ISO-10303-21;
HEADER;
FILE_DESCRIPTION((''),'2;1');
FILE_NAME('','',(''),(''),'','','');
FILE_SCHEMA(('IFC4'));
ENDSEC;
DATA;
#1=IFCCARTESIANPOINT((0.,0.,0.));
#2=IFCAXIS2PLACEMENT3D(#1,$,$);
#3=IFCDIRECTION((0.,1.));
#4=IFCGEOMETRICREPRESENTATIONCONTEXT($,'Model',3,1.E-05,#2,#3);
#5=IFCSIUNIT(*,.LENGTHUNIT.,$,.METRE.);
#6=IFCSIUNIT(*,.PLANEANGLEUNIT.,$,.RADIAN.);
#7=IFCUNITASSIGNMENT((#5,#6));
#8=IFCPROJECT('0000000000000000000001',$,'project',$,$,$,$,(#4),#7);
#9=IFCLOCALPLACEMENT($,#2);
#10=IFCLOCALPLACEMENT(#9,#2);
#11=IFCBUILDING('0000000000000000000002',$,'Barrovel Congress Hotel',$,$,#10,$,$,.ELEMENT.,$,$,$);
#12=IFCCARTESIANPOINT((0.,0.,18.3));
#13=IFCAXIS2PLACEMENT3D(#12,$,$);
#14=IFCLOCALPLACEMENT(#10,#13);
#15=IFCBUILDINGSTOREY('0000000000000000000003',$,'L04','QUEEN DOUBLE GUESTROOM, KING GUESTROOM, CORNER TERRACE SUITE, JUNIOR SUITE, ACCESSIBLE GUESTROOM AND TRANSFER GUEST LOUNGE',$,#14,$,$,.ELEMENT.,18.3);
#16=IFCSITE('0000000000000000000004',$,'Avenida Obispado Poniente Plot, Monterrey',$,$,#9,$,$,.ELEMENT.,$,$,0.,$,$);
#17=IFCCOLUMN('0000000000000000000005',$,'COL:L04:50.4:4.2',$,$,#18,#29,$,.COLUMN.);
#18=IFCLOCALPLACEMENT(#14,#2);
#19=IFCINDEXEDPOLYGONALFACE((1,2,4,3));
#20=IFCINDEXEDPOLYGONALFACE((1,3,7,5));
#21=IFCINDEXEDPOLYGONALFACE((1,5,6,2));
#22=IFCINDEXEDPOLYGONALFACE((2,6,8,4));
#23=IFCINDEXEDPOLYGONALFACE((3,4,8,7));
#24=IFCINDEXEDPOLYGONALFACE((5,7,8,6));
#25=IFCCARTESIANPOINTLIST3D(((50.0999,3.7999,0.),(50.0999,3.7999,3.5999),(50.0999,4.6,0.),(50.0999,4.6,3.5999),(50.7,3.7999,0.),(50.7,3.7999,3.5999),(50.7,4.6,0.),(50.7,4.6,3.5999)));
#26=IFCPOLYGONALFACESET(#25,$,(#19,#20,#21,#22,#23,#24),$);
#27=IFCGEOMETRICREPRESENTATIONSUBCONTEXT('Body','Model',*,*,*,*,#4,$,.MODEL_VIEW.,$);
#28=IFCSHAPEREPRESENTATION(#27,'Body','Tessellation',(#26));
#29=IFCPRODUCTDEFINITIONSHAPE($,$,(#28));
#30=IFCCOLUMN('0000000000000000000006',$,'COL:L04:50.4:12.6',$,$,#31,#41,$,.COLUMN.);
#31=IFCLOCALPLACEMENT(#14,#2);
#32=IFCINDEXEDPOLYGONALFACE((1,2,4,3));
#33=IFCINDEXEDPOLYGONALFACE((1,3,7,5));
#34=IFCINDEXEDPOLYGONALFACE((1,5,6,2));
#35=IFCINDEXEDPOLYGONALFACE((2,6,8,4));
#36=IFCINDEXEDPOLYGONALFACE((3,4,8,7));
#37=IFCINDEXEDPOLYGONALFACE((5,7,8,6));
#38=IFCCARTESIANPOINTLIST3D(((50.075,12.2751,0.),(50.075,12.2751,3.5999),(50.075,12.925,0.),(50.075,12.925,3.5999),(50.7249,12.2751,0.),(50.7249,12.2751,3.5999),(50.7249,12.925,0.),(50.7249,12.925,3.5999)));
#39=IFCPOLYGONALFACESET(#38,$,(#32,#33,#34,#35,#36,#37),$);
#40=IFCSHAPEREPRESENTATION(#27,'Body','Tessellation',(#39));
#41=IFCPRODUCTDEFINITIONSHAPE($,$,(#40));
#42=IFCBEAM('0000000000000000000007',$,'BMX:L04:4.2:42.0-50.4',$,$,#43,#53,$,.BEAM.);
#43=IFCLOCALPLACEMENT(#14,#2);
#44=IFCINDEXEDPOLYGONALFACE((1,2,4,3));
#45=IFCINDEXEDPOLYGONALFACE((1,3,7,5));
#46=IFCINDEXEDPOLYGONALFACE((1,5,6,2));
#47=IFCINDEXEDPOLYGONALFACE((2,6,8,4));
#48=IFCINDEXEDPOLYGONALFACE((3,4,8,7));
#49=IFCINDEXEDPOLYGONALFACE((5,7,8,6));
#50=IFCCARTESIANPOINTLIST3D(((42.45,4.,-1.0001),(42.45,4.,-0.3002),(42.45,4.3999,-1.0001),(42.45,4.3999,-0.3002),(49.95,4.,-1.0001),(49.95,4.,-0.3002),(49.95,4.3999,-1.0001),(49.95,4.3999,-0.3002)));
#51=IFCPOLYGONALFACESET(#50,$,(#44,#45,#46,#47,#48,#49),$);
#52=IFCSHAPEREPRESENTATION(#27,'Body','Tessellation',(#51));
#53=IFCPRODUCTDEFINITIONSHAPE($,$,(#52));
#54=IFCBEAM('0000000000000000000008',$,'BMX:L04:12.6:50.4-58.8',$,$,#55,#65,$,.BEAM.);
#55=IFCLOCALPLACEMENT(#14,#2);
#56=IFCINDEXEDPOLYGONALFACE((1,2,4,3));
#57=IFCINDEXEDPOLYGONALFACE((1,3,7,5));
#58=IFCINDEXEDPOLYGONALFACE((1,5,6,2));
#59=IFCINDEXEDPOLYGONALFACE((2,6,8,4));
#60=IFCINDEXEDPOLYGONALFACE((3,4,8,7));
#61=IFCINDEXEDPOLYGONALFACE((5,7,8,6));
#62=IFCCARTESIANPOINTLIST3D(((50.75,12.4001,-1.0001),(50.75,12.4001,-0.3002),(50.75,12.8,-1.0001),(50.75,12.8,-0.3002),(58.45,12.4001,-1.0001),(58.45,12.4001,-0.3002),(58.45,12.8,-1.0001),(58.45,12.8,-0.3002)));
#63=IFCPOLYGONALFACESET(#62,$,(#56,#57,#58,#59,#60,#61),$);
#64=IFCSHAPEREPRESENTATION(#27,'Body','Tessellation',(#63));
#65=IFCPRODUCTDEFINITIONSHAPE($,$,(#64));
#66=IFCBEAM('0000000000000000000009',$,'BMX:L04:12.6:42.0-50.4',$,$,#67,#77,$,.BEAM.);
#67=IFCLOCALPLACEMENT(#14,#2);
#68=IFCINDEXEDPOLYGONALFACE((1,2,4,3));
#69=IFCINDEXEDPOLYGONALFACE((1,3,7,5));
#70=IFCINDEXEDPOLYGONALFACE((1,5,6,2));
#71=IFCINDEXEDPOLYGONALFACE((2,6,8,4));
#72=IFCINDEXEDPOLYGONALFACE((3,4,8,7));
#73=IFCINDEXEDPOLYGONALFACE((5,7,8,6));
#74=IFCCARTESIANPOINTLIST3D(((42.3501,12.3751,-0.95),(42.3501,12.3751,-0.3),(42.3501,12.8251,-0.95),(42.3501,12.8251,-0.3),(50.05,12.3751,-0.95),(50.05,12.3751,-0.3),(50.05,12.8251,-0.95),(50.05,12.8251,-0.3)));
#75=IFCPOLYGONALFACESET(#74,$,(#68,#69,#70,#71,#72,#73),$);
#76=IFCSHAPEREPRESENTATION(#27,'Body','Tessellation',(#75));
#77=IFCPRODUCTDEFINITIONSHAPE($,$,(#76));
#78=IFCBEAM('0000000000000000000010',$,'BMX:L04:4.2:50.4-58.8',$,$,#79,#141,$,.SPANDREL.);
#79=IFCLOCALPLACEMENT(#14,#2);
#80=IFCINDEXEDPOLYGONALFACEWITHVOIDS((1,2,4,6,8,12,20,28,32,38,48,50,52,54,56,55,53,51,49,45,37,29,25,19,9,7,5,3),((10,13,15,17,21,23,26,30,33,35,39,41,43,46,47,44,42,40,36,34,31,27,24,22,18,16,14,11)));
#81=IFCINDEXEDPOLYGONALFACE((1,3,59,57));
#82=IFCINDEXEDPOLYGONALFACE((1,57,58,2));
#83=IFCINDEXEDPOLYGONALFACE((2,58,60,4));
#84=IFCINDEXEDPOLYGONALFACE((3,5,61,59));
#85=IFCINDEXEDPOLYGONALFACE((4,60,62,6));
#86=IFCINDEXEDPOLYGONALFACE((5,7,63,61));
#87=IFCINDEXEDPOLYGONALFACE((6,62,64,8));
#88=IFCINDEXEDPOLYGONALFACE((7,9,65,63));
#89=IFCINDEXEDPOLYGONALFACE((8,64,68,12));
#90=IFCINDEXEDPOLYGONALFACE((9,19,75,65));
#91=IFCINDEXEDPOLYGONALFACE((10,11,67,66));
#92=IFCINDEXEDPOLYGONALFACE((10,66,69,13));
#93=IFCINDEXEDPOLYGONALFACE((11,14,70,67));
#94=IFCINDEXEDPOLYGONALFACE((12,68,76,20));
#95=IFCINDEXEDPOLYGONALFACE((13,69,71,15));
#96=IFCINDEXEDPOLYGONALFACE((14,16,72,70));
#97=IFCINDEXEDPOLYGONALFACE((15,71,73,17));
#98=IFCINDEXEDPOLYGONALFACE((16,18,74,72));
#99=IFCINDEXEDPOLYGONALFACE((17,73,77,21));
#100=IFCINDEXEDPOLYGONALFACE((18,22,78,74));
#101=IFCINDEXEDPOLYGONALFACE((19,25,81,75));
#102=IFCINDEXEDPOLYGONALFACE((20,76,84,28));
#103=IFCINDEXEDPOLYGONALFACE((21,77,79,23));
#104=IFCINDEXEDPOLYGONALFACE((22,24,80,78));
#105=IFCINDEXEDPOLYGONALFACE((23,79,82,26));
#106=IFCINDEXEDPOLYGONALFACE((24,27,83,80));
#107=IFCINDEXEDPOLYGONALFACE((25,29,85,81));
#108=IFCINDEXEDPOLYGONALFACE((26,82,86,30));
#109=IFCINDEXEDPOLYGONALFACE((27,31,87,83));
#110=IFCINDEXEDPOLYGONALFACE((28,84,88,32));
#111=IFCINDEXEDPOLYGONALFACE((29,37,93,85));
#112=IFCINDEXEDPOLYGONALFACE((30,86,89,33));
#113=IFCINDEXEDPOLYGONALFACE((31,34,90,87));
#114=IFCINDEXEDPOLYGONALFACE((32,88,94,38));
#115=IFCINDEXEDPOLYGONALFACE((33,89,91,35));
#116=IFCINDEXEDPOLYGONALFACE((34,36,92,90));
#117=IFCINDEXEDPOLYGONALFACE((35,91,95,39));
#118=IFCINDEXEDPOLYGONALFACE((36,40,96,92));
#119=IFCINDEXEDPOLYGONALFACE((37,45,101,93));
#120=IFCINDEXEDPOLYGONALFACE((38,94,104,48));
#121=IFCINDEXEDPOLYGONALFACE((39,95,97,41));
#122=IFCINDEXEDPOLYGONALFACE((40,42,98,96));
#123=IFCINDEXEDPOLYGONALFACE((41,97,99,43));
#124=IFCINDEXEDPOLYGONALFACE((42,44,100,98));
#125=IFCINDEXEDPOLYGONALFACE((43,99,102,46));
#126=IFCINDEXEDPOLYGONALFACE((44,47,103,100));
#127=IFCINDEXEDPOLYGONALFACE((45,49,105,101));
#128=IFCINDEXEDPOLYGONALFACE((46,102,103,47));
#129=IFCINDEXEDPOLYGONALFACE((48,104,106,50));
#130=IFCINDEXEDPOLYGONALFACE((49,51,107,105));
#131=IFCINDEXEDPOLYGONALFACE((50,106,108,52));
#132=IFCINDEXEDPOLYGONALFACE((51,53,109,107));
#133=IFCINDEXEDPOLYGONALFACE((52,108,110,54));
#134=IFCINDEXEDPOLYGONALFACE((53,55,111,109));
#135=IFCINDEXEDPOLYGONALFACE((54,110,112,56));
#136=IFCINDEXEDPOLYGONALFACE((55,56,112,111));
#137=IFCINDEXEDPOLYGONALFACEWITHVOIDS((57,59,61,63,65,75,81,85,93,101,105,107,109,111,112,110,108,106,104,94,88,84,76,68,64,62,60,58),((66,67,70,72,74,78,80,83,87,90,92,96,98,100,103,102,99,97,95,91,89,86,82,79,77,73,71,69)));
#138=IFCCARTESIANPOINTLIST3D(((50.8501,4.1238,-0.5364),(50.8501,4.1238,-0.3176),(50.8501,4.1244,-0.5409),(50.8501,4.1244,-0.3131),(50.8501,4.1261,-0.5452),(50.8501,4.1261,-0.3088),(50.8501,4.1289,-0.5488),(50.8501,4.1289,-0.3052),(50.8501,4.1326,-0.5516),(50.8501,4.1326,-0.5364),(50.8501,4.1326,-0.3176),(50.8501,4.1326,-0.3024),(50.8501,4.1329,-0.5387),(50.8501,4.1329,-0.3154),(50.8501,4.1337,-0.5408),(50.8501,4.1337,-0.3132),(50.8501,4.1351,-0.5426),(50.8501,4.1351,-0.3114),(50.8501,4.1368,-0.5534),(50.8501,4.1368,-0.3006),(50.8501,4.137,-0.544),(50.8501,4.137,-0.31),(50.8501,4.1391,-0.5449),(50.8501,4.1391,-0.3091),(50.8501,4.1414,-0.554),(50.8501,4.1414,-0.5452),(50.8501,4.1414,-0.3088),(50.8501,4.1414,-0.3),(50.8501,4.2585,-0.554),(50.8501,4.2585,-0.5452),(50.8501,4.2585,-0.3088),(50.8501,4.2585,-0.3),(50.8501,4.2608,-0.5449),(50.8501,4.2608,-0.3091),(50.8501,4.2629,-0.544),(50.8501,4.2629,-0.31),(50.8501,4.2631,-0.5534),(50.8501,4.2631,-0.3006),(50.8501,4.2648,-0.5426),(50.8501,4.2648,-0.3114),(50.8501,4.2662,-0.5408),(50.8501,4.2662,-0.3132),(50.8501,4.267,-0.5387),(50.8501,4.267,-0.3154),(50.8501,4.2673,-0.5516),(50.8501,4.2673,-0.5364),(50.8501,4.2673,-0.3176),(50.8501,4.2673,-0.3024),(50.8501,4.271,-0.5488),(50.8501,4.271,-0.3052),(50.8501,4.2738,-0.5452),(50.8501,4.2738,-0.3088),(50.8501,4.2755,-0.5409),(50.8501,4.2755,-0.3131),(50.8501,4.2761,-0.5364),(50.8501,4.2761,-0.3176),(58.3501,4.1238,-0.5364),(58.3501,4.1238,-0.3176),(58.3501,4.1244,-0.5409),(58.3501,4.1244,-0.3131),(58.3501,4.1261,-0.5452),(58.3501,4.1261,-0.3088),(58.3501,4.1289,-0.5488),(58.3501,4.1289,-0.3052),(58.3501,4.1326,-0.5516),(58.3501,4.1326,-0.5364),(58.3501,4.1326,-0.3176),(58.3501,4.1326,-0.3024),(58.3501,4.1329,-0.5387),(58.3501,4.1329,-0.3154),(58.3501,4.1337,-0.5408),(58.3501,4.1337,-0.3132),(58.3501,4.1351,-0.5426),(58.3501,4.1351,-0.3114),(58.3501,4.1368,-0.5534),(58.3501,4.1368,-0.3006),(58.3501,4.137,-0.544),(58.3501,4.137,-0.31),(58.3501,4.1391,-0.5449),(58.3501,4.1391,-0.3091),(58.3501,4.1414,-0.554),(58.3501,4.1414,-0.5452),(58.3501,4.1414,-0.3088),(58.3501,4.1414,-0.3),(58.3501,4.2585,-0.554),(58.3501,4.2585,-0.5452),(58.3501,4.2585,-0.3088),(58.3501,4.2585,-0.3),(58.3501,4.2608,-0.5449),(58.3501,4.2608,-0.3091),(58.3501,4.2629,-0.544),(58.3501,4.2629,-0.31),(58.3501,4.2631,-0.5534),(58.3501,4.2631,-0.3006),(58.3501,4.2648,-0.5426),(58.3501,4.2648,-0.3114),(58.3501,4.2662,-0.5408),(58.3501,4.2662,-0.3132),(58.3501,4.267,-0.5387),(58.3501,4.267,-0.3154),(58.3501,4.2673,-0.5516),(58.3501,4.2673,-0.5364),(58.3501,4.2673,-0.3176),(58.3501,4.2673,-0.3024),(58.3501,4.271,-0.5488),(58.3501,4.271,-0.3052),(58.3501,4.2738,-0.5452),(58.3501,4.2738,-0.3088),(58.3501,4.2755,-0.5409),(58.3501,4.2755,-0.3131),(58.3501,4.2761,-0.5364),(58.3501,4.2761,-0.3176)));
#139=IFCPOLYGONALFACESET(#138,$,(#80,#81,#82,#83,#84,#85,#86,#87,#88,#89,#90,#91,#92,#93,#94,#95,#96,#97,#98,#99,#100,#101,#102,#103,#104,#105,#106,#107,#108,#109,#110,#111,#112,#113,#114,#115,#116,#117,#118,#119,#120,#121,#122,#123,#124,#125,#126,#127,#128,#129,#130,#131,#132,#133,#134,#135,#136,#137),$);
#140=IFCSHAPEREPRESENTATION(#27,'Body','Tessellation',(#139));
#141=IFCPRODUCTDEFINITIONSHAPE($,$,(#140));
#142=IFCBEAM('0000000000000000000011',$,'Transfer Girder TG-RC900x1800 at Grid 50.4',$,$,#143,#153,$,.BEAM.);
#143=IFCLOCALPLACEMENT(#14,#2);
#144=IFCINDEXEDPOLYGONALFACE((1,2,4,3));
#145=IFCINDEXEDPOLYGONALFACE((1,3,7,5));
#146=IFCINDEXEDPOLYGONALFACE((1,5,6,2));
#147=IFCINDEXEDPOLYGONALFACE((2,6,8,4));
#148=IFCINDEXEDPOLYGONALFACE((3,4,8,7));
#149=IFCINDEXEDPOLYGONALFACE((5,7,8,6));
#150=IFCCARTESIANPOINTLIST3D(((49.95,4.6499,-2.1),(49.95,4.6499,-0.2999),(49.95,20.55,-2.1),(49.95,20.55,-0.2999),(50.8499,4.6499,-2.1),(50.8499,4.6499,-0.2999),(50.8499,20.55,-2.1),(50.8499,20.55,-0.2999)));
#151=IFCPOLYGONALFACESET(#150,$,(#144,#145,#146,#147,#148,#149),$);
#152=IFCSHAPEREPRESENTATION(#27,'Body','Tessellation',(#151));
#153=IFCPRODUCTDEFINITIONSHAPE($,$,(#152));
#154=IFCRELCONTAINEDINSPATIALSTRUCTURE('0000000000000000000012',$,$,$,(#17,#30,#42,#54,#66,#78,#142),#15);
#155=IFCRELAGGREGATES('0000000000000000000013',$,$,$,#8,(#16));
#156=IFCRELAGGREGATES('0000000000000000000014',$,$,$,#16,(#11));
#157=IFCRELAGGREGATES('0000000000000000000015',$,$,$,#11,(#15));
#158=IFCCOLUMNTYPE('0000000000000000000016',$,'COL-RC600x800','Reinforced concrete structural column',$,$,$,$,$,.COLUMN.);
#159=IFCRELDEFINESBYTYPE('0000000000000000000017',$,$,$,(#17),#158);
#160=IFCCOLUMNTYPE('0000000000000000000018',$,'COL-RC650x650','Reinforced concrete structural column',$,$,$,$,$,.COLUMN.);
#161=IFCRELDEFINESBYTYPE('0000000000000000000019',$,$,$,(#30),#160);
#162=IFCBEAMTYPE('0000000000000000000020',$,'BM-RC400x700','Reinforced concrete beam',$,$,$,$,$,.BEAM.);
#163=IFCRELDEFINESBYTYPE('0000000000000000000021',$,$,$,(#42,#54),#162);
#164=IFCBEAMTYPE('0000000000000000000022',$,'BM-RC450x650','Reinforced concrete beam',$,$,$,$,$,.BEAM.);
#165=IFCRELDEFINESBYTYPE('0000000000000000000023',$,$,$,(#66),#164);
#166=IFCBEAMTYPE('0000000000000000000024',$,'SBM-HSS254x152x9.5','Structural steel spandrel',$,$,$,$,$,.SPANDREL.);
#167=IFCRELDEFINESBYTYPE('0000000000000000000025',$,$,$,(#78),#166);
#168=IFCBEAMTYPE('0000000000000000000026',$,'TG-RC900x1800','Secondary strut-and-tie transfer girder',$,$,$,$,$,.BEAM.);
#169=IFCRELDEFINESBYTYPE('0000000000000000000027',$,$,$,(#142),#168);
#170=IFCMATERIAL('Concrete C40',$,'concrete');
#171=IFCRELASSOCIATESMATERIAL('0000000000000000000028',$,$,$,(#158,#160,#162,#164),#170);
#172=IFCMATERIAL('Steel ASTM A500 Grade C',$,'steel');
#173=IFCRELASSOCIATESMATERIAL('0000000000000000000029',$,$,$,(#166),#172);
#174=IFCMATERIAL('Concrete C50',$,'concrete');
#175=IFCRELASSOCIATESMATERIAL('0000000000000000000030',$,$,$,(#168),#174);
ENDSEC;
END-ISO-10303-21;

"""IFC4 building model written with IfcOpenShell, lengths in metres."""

from ifc_helpers import new_model, si_unit, direction, frame, origin, origin_2d, place, context, subcontext, project, spatial, rectangle, hollow_rectangle, extrude, material, material_profile, profile_set, type_object, element, save


model = new_model("IFC4")

# Units and contexts
model_context = context("Model", 3, precision=1e-05, world=origin(), true_north=direction((0.0, 1.0)))
body_context = subcontext(model_context, "Body", "Model", "MODEL_VIEW")
ifc_project = project(units=[si_unit("LENGTHUNIT", "METRE"), si_unit("PLANEANGLEUNIT", "RADIAN")], contexts=[model_context])

# Site, building, storey
site_placement = place(None, origin())
site = spatial("IfcSite", under=ifc_project, at=site_placement, Name="Avenida Obispado Poniente Plot, Monterrey", CompositionType="ELEMENT", RefElevation=0.0)
building_placement = place(site_placement, origin())
building = spatial("IfcBuilding", under=site, at=building_placement, Name="Barrovel Congress Hotel", CompositionType="ELEMENT")
storey_placement = place(building_placement, frame((0.0, 0.0, 18.3)))
storey = spatial("IfcBuildingStorey", under=building, at=storey_placement, Name="L04", Description="QUEEN DOUBLE GUESTROOM, KING GUESTROOM, CORNER TERRACE SUITE, JUNIOR SUITE, ACCESSIBLE GUESTROOM AND TRANSFER GUEST LOUNGE", CompositionType="ELEMENT", Elevation=18.3)

# Columns
ifc_material_1 = material(Name="Concrete C40", Category="concrete")
ifc_material_profile_1 = material_profile(ifc_material_1, rectangle(XDim=0.6001, YDim=0.8, at=origin_2d()), Name="RC600x800")
ifc_profile_set_1 = profile_set([ifc_material_profile_1], Name="Concrete C40")
column_type_1 = type_object("IfcColumnType", Name="COL-RC600x800", Description="Reinforced concrete structural column", PredefinedType="COLUMN", material=ifc_profile_set_1)
column_1_placement = place(storey_placement, frame((50.3999, 4.2, 0.0), z_axis=(0.0, 0.0, 1.0), x_axis=(1.0, 0.0, 0.0)))
element("IfcColumn", 1, at=column_1_placement, inside=storey, type_object=column_type_1, Name="COL:L04:50.4:4.2", PredefinedType="COLUMN", context=body_context, shape_type="SweptSolid", body=[
    extrude(rectangle(XDim=0.6001, YDim=0.8, at=origin_2d()), origin(), (0.0, 0.0, 1.0), 3.5999),
])
ifc_material_profile_2 = material_profile(ifc_material_1, rectangle(XDim=0.6499, YDim=0.6499, at=origin_2d()), Name="RC650x650")
ifc_profile_set_2 = profile_set([ifc_material_profile_2], Name="Concrete C40")
column_type_2 = type_object("IfcColumnType", Name="COL-RC650x650", Description="Reinforced concrete structural column", PredefinedType="COLUMN", material=ifc_profile_set_2)
column_2_placement = place(storey_placement, frame((50.3999, 12.6001, 0.0), z_axis=(0.0, 0.0, 1.0), x_axis=(1.0, 0.0, 0.0)))
element("IfcColumn", 2, at=column_2_placement, inside=storey, type_object=column_type_2, Name="COL:L04:50.4:12.6", PredefinedType="COLUMN", context=body_context, shape_type="SweptSolid", body=[
    extrude(rectangle(XDim=0.6499, YDim=0.6499, at=origin_2d()), origin(), (0.0, 0.0, 1.0), 3.5999),
])

# Beams
ifc_material_profile_3 = material_profile(ifc_material_1, rectangle(XDim=0.3999, YDim=0.7, at=origin_2d()), Name="RC400x700")
ifc_profile_set_3 = profile_set([ifc_material_profile_3], Name="Concrete C40")
beam_type_1 = type_object("IfcBeamType", Name="BM-RC400x700", Description="Reinforced concrete beam", PredefinedType="BEAM", material=ifc_profile_set_3)
beam_1_placement = place(storey_placement, frame((42.45, 4.2, -0.6501), z_axis=(1.0, 0.0, 0.0), x_axis=(0.0, 1.0, 0.0)))
element("IfcBeam", 3, at=beam_1_placement, inside=storey, type_object=beam_type_1, Name="BMX:L04:4.2:42.0-50.4", PredefinedType="BEAM", context=body_context, shape_type="SweptSolid", body=[
    extrude(rectangle(XDim=0.3999, YDim=0.7, at=origin_2d()), origin(), (0.0, 0.0, 1.0), 7.5),
])
beam_2_placement = place(storey_placement, frame((50.75, 12.6001, -0.6501), z_axis=(1.0, 0.0, 0.0), x_axis=(0.0, 1.0, 0.0)))
element("IfcBeam", 4, at=beam_2_placement, inside=storey, type_object=beam_type_1, Name="BMX:L04:12.6:50.4-58.8", PredefinedType="BEAM", context=body_context, shape_type="SweptSolid", body=[
    extrude(rectangle(XDim=0.3999, YDim=0.7, at=origin_2d()), origin(), (0.0, 0.0, 1.0), 7.7),
])
ifc_material_profile_4 = material_profile(ifc_material_1, rectangle(XDim=0.45, YDim=0.6499, at=origin_2d()), Name="RC450x650")
ifc_profile_set_4 = profile_set([ifc_material_profile_4], Name="Concrete C40")
beam_type_2 = type_object("IfcBeamType", Name="BM-RC450x650", Description="Reinforced concrete beam", PredefinedType="BEAM", material=ifc_profile_set_4)
beam_3_placement = place(storey_placement, frame((42.3501, 12.6001, -0.625), z_axis=(1.0, 0.0, 0.0), x_axis=(0.0, 1.0, 0.0)))
element("IfcBeam", 5, at=beam_3_placement, inside=storey, type_object=beam_type_2, Name="BMX:L04:12.6:42.0-50.4", PredefinedType="BEAM", context=body_context, shape_type="SweptSolid", body=[
    extrude(rectangle(XDim=0.45, YDim=0.6499, at=origin_2d()), origin(), (0.0, 0.0, 1.0), 7.7),
])
ifc_material_2 = material(Name="Steel ASTM A500 Grade C", Category="steel")
ifc_material_profile_5 = material_profile(ifc_material_2, hollow_rectangle(XDim=0.1523, YDim=0.2539, WallThickness=0.0088, InnerFilletRadius=0.0088, OuterFilletRadius=0.0176, at=origin_2d()), Name="HSS254x152x9.5")
ifc_profile_set_5 = profile_set([ifc_material_profile_5], Name="Steel ASTM A500 Grade C")
beam_type_3 = type_object("IfcBeamType", Name="SBM-HSS254x152x9.5", Description="Structural steel spandrel", PredefinedType="SPANDREL", material=ifc_profile_set_5)
beam_4_placement = place(storey_placement, frame((50.8501, 4.2, -0.427), z_axis=(1.0, 0.0, 0.0), x_axis=(0.0, 1.0, 0.0)))
element("IfcBeam", 6, at=beam_4_placement, inside=storey, type_object=beam_type_3, Name="BMX:L04:4.2:50.4-58.8", PredefinedType="SPANDREL", context=body_context, shape_type="SweptSolid", body=[
    extrude(hollow_rectangle(XDim=0.1523, YDim=0.2539, WallThickness=0.0088, InnerFilletRadius=0.0088, OuterFilletRadius=0.0176, at=origin_2d()), origin(), (0.0, 0.0, 1.0), 7.5),
])
ifc_material_3 = material(Name="Concrete C50", Category="concrete")
ifc_material_profile_6 = material_profile(ifc_material_3, rectangle(XDim=0.8999, YDim=1.8, at=origin_2d()), Name="RC900x1800")
ifc_profile_set_6 = profile_set([ifc_material_profile_6], Name="Concrete C50")
beam_type_4 = type_object("IfcBeamType", Name="TG-RC900x1800", Description="Secondary strut-and-tie transfer girder", PredefinedType="BEAM", material=ifc_profile_set_6)
beam_5_placement = place(storey_placement, frame((50.3999, 4.6499, -1.2), z_axis=(0.0, 1.0, 0.0), x_axis=(-1.0, 0.0, 0.0)))
element("IfcBeam", 7, at=beam_5_placement, inside=storey, type_object=beam_type_4, Name="Transfer Girder TG-RC900x1800 at Grid 50.4", PredefinedType="BEAM", context=body_context, shape_type="SweptSolid", body=[
    extrude(rectangle(XDim=0.8999, YDim=1.8, at=origin_2d()), origin(), (0.0, 0.0, 1.0), 15.9001),
])

save(model, "model.ifc")
